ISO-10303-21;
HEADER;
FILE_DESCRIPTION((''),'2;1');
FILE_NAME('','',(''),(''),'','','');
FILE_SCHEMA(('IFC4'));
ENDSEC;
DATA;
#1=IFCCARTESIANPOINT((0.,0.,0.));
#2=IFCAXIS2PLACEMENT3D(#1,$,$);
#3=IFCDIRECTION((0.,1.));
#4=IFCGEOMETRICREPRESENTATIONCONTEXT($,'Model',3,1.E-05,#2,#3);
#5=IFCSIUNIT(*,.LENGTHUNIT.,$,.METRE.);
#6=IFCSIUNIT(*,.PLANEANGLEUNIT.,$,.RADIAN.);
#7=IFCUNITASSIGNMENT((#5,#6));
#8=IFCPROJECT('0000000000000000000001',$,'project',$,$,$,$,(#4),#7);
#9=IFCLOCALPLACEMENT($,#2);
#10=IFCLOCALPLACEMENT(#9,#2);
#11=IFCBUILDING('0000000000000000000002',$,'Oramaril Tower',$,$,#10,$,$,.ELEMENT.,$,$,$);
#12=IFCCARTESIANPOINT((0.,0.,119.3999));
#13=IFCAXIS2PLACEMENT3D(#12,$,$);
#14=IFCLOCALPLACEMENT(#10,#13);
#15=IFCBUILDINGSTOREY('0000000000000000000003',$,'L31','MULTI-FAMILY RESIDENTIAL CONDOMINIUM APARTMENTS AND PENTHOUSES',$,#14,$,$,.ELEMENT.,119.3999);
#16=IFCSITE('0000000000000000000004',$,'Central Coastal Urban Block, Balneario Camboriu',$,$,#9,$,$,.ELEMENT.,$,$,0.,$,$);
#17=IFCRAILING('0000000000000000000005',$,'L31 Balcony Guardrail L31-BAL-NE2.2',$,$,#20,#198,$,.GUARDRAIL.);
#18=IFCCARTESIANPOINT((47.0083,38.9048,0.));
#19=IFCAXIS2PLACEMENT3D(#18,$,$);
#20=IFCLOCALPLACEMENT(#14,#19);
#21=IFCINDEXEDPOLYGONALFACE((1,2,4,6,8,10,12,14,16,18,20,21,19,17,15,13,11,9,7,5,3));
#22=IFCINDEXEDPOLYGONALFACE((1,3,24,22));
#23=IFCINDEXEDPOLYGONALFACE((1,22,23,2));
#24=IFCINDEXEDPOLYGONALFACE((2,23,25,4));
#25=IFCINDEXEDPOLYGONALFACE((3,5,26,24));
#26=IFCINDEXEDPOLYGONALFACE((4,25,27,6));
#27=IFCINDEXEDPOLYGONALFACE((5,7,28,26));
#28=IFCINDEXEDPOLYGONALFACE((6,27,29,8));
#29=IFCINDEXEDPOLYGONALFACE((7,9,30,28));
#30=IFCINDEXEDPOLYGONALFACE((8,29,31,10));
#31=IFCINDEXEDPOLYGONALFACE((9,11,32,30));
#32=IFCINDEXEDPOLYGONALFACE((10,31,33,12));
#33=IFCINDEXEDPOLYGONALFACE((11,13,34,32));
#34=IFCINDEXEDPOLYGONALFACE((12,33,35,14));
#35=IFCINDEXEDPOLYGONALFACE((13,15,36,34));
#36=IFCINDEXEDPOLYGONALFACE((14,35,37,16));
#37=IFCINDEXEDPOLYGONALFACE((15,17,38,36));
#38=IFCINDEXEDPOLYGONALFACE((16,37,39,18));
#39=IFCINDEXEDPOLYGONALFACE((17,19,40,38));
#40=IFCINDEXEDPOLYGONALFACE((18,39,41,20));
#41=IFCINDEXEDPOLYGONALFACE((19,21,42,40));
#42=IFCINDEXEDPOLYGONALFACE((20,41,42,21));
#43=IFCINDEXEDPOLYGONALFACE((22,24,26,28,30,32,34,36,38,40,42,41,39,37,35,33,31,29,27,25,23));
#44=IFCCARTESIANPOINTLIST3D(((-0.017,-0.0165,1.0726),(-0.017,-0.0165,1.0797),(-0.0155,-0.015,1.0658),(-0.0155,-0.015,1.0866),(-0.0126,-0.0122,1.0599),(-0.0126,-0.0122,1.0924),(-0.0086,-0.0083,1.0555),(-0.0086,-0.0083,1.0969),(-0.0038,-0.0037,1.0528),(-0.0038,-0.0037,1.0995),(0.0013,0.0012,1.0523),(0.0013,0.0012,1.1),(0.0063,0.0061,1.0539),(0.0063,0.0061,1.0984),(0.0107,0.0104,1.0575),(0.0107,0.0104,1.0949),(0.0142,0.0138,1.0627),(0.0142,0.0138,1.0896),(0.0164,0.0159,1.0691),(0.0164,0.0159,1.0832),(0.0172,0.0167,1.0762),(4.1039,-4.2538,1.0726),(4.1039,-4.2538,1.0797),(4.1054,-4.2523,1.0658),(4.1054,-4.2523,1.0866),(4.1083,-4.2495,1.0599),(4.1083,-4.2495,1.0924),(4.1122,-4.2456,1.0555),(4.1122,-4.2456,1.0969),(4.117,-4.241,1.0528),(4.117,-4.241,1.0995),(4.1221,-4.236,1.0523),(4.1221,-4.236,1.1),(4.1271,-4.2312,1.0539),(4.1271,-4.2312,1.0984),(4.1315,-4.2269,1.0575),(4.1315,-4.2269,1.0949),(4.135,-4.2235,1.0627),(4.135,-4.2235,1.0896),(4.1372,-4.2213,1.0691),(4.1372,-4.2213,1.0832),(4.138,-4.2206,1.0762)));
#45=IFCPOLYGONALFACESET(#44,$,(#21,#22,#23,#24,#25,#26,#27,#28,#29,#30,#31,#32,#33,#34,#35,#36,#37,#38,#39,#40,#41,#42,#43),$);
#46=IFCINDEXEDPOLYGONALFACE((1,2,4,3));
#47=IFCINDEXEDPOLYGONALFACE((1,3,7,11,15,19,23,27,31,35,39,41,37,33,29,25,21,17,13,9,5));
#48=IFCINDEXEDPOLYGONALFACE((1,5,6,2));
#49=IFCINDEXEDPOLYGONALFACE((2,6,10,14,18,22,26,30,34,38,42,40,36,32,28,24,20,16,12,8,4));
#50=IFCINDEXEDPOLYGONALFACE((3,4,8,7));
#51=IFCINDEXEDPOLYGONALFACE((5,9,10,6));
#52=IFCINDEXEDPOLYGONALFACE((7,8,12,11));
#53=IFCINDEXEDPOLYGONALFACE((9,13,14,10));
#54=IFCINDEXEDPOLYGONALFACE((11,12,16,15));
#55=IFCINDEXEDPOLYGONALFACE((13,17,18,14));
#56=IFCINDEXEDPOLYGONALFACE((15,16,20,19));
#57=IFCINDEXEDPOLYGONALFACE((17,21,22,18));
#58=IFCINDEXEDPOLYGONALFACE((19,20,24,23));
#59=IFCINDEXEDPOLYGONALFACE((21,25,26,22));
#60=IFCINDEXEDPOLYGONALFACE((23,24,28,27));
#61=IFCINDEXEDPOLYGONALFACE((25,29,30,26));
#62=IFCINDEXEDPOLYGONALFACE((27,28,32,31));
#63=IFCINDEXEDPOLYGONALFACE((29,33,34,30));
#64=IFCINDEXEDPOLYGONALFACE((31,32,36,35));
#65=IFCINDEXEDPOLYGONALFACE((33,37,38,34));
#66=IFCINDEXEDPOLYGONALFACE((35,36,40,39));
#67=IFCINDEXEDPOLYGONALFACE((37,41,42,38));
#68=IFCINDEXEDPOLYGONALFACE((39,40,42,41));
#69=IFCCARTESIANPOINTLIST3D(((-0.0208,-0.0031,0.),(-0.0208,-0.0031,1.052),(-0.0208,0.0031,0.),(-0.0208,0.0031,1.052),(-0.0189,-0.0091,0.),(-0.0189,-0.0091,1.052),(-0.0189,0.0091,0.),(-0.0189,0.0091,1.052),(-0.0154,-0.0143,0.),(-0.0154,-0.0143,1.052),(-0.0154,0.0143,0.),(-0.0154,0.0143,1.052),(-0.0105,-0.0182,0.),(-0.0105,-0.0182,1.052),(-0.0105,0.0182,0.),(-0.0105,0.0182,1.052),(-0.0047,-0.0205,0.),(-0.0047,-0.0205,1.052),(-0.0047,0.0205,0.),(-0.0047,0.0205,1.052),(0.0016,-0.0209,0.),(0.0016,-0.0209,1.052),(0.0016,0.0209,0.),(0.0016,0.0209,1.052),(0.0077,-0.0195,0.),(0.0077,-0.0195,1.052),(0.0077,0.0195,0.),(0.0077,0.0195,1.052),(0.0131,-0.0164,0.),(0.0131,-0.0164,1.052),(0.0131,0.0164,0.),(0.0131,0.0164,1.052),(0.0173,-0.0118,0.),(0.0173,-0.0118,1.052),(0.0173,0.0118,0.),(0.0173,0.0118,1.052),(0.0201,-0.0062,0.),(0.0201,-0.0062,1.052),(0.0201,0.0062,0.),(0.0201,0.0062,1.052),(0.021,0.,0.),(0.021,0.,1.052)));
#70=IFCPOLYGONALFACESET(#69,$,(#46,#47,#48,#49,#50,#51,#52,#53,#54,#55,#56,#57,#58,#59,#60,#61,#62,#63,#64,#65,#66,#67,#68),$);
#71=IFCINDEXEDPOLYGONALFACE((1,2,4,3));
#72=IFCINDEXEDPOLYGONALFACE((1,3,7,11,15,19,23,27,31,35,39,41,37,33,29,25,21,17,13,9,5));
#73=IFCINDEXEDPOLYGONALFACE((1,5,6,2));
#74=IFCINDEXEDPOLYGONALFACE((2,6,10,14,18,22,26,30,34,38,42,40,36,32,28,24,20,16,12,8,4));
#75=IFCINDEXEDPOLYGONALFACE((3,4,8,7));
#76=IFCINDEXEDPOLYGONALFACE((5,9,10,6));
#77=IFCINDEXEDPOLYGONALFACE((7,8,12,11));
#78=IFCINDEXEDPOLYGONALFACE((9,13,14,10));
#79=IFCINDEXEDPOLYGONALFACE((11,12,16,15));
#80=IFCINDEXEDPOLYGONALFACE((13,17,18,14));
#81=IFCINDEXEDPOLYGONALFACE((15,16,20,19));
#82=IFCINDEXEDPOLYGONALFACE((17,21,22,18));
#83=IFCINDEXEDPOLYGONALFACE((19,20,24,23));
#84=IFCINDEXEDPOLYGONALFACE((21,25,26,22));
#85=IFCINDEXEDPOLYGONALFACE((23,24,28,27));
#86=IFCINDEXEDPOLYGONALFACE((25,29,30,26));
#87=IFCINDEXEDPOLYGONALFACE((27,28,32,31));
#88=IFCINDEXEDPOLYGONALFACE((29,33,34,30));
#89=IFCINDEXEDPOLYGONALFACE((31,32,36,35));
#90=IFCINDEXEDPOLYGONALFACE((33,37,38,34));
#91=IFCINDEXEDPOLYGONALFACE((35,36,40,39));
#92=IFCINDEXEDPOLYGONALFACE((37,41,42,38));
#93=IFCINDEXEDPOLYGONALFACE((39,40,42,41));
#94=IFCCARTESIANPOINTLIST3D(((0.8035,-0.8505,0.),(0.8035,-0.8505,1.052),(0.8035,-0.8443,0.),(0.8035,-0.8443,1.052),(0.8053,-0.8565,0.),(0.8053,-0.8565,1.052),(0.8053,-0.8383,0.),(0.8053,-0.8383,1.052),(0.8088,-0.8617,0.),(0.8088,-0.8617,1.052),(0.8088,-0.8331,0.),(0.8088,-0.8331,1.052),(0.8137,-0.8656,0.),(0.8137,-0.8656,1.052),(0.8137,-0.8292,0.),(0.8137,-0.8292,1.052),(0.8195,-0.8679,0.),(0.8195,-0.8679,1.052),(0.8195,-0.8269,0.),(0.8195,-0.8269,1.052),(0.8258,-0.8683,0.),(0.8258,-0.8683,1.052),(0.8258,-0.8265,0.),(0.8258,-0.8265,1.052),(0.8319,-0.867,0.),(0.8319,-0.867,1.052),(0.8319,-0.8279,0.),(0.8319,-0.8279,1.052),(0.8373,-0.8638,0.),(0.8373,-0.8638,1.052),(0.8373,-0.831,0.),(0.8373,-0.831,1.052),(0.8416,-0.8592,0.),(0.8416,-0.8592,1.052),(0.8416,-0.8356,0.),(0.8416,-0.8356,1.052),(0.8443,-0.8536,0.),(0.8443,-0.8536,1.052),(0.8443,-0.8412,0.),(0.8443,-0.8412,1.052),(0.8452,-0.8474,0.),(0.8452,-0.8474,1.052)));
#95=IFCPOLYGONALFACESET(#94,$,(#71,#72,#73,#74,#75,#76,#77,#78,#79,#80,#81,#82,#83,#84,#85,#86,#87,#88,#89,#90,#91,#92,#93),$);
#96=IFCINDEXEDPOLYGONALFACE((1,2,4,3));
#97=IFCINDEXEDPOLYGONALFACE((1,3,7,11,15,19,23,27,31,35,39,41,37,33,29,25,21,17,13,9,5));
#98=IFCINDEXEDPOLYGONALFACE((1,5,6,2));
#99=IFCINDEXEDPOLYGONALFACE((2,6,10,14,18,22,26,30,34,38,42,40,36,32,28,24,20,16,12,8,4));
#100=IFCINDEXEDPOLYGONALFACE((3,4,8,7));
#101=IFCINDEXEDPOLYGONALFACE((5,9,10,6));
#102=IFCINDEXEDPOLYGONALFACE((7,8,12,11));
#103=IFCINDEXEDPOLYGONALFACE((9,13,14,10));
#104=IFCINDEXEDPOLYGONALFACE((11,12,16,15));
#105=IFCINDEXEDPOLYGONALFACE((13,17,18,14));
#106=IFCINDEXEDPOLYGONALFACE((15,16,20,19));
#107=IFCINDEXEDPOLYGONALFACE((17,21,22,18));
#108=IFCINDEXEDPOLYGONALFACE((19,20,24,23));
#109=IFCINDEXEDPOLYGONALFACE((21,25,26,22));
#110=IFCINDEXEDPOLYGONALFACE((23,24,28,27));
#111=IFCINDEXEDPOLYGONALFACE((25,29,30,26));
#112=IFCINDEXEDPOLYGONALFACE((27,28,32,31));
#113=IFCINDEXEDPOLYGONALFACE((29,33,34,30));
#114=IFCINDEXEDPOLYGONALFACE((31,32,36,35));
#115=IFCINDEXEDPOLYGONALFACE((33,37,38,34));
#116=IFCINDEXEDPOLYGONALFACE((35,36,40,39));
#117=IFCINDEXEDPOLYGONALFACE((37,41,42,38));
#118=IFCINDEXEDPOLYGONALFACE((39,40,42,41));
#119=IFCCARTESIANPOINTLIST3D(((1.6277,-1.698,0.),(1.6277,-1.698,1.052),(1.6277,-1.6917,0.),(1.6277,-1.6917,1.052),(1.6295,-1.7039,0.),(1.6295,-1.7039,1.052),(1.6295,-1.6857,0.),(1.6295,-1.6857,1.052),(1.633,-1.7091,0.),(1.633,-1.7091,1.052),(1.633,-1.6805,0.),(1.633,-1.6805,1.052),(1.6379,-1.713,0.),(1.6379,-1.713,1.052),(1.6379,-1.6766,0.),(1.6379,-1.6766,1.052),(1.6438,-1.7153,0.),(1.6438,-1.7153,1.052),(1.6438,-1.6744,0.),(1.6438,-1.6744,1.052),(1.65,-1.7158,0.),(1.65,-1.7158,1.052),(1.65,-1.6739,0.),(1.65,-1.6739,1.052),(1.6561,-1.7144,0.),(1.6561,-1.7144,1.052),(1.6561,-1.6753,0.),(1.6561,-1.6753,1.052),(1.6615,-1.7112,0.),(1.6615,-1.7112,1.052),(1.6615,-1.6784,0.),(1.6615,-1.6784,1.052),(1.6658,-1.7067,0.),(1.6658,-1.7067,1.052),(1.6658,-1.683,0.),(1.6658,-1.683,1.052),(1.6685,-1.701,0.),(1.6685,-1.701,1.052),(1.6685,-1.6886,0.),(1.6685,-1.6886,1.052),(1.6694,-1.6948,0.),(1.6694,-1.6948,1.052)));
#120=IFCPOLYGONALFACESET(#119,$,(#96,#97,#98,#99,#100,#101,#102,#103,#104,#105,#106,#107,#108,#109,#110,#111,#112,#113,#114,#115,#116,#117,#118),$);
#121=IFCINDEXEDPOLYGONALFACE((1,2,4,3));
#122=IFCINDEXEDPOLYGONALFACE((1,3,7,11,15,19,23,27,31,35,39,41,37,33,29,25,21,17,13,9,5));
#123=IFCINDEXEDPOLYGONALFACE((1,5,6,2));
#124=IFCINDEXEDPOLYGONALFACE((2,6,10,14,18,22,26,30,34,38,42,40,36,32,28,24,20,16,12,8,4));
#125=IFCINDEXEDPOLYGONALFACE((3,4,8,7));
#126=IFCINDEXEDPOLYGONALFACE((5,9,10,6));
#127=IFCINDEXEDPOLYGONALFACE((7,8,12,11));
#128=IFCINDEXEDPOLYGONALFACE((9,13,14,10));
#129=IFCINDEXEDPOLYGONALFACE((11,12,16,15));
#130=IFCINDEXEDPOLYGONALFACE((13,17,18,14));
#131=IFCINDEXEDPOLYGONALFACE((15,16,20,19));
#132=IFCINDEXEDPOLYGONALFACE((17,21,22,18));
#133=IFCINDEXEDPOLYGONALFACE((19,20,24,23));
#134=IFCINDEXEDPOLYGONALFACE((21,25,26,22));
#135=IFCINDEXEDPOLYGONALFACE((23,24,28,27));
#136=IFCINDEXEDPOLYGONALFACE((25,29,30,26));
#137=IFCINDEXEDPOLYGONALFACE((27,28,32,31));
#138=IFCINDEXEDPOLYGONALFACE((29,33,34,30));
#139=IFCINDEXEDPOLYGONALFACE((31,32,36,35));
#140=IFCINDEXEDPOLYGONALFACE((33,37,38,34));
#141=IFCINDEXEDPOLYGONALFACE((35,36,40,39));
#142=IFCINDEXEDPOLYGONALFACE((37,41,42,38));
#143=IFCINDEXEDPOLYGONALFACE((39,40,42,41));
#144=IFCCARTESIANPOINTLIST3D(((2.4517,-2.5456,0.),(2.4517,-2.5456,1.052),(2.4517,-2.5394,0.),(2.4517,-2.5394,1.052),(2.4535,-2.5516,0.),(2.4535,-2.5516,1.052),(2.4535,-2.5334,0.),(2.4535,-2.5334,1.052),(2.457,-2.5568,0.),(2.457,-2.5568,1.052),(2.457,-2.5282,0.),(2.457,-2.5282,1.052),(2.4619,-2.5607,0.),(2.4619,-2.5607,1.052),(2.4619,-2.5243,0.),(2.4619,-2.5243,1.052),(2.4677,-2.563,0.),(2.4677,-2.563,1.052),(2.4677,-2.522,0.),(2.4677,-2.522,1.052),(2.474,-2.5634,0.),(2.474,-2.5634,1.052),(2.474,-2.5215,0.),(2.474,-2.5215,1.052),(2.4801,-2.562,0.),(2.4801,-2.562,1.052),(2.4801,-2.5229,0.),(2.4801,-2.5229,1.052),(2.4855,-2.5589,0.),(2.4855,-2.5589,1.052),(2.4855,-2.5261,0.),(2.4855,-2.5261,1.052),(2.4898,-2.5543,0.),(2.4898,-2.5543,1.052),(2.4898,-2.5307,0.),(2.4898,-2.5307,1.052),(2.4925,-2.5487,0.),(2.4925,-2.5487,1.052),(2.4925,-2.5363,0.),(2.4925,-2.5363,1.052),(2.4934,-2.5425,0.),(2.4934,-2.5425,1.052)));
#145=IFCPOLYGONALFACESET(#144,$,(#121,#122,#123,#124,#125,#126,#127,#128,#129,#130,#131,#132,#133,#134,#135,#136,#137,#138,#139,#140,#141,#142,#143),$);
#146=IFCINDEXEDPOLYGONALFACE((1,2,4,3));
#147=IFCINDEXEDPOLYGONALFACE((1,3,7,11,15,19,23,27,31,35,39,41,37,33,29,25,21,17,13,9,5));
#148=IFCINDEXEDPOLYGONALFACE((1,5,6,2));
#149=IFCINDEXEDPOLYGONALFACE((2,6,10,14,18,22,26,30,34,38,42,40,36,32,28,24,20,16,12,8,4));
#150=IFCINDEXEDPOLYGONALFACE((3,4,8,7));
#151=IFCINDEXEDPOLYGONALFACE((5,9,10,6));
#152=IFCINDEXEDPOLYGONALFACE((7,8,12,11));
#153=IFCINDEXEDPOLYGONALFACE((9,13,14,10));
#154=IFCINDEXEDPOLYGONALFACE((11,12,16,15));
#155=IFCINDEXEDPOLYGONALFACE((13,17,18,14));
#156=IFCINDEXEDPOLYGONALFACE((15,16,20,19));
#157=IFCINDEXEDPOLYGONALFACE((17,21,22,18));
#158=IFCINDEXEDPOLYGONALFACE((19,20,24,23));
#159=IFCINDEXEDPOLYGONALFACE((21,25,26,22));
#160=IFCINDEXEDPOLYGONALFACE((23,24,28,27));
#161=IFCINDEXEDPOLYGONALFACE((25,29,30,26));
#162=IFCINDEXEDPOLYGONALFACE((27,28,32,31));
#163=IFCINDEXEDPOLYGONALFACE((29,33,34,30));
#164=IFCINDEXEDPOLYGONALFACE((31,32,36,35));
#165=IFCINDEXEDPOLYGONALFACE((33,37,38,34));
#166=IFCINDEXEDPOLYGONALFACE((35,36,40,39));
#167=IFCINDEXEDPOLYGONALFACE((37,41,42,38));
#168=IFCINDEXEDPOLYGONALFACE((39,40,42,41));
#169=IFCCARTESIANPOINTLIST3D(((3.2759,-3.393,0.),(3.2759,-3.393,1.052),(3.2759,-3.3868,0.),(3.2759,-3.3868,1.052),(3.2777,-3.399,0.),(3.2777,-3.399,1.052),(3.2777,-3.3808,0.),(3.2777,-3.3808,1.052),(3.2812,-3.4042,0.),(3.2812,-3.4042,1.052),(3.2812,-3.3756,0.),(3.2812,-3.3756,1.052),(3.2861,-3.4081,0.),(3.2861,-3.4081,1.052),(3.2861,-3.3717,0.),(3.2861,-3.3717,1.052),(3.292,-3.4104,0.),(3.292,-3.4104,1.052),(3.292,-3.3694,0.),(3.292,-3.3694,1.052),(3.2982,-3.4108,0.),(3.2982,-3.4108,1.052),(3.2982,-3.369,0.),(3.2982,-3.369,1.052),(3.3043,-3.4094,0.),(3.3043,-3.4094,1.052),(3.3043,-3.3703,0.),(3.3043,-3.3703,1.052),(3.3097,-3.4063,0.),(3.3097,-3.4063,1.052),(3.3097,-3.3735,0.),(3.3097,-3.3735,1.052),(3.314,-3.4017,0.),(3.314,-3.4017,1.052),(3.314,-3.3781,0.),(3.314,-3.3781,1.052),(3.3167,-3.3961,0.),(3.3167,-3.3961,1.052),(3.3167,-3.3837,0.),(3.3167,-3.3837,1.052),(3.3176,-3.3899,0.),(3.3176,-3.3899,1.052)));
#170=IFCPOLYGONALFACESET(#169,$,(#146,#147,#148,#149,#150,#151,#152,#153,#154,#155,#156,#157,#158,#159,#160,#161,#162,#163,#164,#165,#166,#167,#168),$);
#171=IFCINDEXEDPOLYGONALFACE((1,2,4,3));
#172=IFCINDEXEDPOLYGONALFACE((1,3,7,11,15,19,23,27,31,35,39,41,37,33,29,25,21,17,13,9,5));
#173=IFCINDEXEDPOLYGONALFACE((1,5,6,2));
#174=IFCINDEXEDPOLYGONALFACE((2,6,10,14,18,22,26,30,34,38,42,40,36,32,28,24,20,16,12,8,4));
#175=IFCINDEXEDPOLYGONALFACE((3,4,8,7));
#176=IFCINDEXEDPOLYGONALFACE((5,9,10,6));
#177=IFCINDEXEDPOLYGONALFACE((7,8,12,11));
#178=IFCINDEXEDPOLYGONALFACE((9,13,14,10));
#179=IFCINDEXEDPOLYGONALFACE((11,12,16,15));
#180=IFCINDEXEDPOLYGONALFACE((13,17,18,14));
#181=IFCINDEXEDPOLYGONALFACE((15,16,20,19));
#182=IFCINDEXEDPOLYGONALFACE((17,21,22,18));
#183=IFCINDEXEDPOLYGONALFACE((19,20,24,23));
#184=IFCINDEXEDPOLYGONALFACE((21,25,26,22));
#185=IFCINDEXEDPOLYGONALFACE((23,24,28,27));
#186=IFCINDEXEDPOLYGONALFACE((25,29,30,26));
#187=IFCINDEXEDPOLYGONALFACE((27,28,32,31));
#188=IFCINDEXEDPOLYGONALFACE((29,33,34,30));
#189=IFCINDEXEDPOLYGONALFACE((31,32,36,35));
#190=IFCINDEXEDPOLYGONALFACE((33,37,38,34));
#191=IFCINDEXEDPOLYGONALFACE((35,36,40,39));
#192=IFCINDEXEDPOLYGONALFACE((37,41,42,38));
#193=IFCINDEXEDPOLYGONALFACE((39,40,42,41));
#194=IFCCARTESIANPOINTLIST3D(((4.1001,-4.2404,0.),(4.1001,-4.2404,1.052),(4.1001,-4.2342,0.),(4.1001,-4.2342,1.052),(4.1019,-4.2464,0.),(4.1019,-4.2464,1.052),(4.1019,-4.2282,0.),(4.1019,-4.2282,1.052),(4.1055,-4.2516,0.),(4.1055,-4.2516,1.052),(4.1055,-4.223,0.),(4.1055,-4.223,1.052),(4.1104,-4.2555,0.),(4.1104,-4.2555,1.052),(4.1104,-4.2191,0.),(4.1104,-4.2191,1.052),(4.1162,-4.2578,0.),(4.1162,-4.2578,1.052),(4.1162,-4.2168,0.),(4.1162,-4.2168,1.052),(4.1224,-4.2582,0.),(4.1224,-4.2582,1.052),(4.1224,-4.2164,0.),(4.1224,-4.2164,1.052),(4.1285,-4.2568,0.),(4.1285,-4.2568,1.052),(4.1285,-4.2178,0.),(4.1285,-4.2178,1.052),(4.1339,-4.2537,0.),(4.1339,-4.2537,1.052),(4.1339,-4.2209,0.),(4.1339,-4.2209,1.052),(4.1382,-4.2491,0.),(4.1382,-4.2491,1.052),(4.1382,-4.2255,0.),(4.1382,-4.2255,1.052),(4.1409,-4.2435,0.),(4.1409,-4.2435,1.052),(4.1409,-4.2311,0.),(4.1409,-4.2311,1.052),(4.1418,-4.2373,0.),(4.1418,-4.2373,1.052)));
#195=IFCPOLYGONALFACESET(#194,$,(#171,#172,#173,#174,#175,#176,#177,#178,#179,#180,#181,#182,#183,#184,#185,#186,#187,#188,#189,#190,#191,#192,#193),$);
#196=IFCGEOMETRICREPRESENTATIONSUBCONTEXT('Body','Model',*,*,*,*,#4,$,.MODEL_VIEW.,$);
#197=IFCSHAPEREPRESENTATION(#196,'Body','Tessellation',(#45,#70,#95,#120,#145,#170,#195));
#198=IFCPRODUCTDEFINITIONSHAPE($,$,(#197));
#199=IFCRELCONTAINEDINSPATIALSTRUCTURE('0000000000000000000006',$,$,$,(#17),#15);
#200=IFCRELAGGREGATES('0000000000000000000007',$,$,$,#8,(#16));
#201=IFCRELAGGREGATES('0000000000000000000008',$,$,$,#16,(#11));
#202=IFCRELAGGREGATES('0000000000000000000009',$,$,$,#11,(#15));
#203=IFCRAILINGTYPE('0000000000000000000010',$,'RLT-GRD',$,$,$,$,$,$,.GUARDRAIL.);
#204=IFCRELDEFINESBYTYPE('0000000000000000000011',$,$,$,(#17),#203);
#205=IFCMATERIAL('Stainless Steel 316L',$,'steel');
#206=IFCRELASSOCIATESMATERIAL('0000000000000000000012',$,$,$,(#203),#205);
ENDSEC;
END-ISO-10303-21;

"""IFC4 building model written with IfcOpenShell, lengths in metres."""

from ifc_helpers import new_model, si_unit, direction, frame, origin, origin_2d, place, context, subcontext, project, spatial, circle, extrude, material, type_object, element, save


model = new_model("IFC4")

# Units and contexts
model_context = context("Model", 3, precision=1e-05, world=origin(), true_north=direction((0.0, 1.0)))
body_context = subcontext(model_context, "Body", "Model", "MODEL_VIEW")
ifc_project = project(units=[si_unit("LENGTHUNIT", "METRE"), si_unit("PLANEANGLEUNIT", "RADIAN")], contexts=[model_context])

# Site, building, storey
site_placement = place(None, origin())
site = spatial("IfcSite", under=ifc_project, at=site_placement, Name="Central Coastal Urban Block, Balneario Camboriu", CompositionType="ELEMENT", RefElevation=0.0)
building_placement = place(site_placement, origin())
building = spatial("IfcBuilding", under=site, at=building_placement, Name="Oramaril Tower", CompositionType="ELEMENT")
storey_placement = place(building_placement, frame((0.0, 0.0, 119.3999)))
storey = spatial("IfcBuildingStorey", under=building, at=storey_placement, Name="L31", Description="MULTI-FAMILY RESIDENTIAL CONDOMINIUM APARTMENTS AND PENTHOUSES", CompositionType="ELEMENT", Elevation=119.3999)

# Railing
ifc_material_1 = material(Name="Stainless Steel 316L", Category="steel")
railing_type = type_object("IfcRailingType", Name="RLT-GRD", PredefinedType="GUARDRAIL", material=ifc_material_1)
railing_1_placement = place(storey_placement, frame((47.0083, 38.9048, 0.0)))
element("IfcRailing", 1, at=railing_1_placement, inside=storey, type_object=railing_type, Name="L31 Balcony Guardrail L31-BAL-NE2.2", PredefinedType="GUARDRAIL", context=body_context, shape_type="SweptSolid", body=[
    extrude(circle(Radius=0.0239, at=origin_2d()), frame((0.0, 0.0, 1.0762), z_axis=(0.697187, -0.716889, 0.0), x_axis=(0.716889, 0.697187, 0.0)), (0.0, 0.0, 1.0), 5.9106),
    extrude(circle(Radius=0.021, at=origin_2d()), origin(), (0.0, 0.0, 1.0), 1.052),
    extrude(circle(Radius=0.021, at=origin_2d()), frame((0.8242, -0.8474, 0.0)), (0.0, 0.0, 1.0), 1.052),
    extrude(circle(Radius=0.021, at=origin_2d()), frame((1.6484, -1.6948, 0.0)), (0.0, 0.0, 1.0), 1.052),
    extrude(circle(Radius=0.021, at=origin_2d()), frame((2.4724, -2.5425, 0.0)), (0.0, 0.0, 1.0), 1.052),
    extrude(circle(Radius=0.021, at=origin_2d()), frame((3.2966, -3.3899, 0.0)), (0.0, 0.0, 1.0), 1.052),
    extrude(circle(Radius=0.021, at=origin_2d()), frame((4.1208, -4.2373, 0.0)), (0.0, 0.0, 1.0), 1.052),
])

save(model, "model.ifc")
